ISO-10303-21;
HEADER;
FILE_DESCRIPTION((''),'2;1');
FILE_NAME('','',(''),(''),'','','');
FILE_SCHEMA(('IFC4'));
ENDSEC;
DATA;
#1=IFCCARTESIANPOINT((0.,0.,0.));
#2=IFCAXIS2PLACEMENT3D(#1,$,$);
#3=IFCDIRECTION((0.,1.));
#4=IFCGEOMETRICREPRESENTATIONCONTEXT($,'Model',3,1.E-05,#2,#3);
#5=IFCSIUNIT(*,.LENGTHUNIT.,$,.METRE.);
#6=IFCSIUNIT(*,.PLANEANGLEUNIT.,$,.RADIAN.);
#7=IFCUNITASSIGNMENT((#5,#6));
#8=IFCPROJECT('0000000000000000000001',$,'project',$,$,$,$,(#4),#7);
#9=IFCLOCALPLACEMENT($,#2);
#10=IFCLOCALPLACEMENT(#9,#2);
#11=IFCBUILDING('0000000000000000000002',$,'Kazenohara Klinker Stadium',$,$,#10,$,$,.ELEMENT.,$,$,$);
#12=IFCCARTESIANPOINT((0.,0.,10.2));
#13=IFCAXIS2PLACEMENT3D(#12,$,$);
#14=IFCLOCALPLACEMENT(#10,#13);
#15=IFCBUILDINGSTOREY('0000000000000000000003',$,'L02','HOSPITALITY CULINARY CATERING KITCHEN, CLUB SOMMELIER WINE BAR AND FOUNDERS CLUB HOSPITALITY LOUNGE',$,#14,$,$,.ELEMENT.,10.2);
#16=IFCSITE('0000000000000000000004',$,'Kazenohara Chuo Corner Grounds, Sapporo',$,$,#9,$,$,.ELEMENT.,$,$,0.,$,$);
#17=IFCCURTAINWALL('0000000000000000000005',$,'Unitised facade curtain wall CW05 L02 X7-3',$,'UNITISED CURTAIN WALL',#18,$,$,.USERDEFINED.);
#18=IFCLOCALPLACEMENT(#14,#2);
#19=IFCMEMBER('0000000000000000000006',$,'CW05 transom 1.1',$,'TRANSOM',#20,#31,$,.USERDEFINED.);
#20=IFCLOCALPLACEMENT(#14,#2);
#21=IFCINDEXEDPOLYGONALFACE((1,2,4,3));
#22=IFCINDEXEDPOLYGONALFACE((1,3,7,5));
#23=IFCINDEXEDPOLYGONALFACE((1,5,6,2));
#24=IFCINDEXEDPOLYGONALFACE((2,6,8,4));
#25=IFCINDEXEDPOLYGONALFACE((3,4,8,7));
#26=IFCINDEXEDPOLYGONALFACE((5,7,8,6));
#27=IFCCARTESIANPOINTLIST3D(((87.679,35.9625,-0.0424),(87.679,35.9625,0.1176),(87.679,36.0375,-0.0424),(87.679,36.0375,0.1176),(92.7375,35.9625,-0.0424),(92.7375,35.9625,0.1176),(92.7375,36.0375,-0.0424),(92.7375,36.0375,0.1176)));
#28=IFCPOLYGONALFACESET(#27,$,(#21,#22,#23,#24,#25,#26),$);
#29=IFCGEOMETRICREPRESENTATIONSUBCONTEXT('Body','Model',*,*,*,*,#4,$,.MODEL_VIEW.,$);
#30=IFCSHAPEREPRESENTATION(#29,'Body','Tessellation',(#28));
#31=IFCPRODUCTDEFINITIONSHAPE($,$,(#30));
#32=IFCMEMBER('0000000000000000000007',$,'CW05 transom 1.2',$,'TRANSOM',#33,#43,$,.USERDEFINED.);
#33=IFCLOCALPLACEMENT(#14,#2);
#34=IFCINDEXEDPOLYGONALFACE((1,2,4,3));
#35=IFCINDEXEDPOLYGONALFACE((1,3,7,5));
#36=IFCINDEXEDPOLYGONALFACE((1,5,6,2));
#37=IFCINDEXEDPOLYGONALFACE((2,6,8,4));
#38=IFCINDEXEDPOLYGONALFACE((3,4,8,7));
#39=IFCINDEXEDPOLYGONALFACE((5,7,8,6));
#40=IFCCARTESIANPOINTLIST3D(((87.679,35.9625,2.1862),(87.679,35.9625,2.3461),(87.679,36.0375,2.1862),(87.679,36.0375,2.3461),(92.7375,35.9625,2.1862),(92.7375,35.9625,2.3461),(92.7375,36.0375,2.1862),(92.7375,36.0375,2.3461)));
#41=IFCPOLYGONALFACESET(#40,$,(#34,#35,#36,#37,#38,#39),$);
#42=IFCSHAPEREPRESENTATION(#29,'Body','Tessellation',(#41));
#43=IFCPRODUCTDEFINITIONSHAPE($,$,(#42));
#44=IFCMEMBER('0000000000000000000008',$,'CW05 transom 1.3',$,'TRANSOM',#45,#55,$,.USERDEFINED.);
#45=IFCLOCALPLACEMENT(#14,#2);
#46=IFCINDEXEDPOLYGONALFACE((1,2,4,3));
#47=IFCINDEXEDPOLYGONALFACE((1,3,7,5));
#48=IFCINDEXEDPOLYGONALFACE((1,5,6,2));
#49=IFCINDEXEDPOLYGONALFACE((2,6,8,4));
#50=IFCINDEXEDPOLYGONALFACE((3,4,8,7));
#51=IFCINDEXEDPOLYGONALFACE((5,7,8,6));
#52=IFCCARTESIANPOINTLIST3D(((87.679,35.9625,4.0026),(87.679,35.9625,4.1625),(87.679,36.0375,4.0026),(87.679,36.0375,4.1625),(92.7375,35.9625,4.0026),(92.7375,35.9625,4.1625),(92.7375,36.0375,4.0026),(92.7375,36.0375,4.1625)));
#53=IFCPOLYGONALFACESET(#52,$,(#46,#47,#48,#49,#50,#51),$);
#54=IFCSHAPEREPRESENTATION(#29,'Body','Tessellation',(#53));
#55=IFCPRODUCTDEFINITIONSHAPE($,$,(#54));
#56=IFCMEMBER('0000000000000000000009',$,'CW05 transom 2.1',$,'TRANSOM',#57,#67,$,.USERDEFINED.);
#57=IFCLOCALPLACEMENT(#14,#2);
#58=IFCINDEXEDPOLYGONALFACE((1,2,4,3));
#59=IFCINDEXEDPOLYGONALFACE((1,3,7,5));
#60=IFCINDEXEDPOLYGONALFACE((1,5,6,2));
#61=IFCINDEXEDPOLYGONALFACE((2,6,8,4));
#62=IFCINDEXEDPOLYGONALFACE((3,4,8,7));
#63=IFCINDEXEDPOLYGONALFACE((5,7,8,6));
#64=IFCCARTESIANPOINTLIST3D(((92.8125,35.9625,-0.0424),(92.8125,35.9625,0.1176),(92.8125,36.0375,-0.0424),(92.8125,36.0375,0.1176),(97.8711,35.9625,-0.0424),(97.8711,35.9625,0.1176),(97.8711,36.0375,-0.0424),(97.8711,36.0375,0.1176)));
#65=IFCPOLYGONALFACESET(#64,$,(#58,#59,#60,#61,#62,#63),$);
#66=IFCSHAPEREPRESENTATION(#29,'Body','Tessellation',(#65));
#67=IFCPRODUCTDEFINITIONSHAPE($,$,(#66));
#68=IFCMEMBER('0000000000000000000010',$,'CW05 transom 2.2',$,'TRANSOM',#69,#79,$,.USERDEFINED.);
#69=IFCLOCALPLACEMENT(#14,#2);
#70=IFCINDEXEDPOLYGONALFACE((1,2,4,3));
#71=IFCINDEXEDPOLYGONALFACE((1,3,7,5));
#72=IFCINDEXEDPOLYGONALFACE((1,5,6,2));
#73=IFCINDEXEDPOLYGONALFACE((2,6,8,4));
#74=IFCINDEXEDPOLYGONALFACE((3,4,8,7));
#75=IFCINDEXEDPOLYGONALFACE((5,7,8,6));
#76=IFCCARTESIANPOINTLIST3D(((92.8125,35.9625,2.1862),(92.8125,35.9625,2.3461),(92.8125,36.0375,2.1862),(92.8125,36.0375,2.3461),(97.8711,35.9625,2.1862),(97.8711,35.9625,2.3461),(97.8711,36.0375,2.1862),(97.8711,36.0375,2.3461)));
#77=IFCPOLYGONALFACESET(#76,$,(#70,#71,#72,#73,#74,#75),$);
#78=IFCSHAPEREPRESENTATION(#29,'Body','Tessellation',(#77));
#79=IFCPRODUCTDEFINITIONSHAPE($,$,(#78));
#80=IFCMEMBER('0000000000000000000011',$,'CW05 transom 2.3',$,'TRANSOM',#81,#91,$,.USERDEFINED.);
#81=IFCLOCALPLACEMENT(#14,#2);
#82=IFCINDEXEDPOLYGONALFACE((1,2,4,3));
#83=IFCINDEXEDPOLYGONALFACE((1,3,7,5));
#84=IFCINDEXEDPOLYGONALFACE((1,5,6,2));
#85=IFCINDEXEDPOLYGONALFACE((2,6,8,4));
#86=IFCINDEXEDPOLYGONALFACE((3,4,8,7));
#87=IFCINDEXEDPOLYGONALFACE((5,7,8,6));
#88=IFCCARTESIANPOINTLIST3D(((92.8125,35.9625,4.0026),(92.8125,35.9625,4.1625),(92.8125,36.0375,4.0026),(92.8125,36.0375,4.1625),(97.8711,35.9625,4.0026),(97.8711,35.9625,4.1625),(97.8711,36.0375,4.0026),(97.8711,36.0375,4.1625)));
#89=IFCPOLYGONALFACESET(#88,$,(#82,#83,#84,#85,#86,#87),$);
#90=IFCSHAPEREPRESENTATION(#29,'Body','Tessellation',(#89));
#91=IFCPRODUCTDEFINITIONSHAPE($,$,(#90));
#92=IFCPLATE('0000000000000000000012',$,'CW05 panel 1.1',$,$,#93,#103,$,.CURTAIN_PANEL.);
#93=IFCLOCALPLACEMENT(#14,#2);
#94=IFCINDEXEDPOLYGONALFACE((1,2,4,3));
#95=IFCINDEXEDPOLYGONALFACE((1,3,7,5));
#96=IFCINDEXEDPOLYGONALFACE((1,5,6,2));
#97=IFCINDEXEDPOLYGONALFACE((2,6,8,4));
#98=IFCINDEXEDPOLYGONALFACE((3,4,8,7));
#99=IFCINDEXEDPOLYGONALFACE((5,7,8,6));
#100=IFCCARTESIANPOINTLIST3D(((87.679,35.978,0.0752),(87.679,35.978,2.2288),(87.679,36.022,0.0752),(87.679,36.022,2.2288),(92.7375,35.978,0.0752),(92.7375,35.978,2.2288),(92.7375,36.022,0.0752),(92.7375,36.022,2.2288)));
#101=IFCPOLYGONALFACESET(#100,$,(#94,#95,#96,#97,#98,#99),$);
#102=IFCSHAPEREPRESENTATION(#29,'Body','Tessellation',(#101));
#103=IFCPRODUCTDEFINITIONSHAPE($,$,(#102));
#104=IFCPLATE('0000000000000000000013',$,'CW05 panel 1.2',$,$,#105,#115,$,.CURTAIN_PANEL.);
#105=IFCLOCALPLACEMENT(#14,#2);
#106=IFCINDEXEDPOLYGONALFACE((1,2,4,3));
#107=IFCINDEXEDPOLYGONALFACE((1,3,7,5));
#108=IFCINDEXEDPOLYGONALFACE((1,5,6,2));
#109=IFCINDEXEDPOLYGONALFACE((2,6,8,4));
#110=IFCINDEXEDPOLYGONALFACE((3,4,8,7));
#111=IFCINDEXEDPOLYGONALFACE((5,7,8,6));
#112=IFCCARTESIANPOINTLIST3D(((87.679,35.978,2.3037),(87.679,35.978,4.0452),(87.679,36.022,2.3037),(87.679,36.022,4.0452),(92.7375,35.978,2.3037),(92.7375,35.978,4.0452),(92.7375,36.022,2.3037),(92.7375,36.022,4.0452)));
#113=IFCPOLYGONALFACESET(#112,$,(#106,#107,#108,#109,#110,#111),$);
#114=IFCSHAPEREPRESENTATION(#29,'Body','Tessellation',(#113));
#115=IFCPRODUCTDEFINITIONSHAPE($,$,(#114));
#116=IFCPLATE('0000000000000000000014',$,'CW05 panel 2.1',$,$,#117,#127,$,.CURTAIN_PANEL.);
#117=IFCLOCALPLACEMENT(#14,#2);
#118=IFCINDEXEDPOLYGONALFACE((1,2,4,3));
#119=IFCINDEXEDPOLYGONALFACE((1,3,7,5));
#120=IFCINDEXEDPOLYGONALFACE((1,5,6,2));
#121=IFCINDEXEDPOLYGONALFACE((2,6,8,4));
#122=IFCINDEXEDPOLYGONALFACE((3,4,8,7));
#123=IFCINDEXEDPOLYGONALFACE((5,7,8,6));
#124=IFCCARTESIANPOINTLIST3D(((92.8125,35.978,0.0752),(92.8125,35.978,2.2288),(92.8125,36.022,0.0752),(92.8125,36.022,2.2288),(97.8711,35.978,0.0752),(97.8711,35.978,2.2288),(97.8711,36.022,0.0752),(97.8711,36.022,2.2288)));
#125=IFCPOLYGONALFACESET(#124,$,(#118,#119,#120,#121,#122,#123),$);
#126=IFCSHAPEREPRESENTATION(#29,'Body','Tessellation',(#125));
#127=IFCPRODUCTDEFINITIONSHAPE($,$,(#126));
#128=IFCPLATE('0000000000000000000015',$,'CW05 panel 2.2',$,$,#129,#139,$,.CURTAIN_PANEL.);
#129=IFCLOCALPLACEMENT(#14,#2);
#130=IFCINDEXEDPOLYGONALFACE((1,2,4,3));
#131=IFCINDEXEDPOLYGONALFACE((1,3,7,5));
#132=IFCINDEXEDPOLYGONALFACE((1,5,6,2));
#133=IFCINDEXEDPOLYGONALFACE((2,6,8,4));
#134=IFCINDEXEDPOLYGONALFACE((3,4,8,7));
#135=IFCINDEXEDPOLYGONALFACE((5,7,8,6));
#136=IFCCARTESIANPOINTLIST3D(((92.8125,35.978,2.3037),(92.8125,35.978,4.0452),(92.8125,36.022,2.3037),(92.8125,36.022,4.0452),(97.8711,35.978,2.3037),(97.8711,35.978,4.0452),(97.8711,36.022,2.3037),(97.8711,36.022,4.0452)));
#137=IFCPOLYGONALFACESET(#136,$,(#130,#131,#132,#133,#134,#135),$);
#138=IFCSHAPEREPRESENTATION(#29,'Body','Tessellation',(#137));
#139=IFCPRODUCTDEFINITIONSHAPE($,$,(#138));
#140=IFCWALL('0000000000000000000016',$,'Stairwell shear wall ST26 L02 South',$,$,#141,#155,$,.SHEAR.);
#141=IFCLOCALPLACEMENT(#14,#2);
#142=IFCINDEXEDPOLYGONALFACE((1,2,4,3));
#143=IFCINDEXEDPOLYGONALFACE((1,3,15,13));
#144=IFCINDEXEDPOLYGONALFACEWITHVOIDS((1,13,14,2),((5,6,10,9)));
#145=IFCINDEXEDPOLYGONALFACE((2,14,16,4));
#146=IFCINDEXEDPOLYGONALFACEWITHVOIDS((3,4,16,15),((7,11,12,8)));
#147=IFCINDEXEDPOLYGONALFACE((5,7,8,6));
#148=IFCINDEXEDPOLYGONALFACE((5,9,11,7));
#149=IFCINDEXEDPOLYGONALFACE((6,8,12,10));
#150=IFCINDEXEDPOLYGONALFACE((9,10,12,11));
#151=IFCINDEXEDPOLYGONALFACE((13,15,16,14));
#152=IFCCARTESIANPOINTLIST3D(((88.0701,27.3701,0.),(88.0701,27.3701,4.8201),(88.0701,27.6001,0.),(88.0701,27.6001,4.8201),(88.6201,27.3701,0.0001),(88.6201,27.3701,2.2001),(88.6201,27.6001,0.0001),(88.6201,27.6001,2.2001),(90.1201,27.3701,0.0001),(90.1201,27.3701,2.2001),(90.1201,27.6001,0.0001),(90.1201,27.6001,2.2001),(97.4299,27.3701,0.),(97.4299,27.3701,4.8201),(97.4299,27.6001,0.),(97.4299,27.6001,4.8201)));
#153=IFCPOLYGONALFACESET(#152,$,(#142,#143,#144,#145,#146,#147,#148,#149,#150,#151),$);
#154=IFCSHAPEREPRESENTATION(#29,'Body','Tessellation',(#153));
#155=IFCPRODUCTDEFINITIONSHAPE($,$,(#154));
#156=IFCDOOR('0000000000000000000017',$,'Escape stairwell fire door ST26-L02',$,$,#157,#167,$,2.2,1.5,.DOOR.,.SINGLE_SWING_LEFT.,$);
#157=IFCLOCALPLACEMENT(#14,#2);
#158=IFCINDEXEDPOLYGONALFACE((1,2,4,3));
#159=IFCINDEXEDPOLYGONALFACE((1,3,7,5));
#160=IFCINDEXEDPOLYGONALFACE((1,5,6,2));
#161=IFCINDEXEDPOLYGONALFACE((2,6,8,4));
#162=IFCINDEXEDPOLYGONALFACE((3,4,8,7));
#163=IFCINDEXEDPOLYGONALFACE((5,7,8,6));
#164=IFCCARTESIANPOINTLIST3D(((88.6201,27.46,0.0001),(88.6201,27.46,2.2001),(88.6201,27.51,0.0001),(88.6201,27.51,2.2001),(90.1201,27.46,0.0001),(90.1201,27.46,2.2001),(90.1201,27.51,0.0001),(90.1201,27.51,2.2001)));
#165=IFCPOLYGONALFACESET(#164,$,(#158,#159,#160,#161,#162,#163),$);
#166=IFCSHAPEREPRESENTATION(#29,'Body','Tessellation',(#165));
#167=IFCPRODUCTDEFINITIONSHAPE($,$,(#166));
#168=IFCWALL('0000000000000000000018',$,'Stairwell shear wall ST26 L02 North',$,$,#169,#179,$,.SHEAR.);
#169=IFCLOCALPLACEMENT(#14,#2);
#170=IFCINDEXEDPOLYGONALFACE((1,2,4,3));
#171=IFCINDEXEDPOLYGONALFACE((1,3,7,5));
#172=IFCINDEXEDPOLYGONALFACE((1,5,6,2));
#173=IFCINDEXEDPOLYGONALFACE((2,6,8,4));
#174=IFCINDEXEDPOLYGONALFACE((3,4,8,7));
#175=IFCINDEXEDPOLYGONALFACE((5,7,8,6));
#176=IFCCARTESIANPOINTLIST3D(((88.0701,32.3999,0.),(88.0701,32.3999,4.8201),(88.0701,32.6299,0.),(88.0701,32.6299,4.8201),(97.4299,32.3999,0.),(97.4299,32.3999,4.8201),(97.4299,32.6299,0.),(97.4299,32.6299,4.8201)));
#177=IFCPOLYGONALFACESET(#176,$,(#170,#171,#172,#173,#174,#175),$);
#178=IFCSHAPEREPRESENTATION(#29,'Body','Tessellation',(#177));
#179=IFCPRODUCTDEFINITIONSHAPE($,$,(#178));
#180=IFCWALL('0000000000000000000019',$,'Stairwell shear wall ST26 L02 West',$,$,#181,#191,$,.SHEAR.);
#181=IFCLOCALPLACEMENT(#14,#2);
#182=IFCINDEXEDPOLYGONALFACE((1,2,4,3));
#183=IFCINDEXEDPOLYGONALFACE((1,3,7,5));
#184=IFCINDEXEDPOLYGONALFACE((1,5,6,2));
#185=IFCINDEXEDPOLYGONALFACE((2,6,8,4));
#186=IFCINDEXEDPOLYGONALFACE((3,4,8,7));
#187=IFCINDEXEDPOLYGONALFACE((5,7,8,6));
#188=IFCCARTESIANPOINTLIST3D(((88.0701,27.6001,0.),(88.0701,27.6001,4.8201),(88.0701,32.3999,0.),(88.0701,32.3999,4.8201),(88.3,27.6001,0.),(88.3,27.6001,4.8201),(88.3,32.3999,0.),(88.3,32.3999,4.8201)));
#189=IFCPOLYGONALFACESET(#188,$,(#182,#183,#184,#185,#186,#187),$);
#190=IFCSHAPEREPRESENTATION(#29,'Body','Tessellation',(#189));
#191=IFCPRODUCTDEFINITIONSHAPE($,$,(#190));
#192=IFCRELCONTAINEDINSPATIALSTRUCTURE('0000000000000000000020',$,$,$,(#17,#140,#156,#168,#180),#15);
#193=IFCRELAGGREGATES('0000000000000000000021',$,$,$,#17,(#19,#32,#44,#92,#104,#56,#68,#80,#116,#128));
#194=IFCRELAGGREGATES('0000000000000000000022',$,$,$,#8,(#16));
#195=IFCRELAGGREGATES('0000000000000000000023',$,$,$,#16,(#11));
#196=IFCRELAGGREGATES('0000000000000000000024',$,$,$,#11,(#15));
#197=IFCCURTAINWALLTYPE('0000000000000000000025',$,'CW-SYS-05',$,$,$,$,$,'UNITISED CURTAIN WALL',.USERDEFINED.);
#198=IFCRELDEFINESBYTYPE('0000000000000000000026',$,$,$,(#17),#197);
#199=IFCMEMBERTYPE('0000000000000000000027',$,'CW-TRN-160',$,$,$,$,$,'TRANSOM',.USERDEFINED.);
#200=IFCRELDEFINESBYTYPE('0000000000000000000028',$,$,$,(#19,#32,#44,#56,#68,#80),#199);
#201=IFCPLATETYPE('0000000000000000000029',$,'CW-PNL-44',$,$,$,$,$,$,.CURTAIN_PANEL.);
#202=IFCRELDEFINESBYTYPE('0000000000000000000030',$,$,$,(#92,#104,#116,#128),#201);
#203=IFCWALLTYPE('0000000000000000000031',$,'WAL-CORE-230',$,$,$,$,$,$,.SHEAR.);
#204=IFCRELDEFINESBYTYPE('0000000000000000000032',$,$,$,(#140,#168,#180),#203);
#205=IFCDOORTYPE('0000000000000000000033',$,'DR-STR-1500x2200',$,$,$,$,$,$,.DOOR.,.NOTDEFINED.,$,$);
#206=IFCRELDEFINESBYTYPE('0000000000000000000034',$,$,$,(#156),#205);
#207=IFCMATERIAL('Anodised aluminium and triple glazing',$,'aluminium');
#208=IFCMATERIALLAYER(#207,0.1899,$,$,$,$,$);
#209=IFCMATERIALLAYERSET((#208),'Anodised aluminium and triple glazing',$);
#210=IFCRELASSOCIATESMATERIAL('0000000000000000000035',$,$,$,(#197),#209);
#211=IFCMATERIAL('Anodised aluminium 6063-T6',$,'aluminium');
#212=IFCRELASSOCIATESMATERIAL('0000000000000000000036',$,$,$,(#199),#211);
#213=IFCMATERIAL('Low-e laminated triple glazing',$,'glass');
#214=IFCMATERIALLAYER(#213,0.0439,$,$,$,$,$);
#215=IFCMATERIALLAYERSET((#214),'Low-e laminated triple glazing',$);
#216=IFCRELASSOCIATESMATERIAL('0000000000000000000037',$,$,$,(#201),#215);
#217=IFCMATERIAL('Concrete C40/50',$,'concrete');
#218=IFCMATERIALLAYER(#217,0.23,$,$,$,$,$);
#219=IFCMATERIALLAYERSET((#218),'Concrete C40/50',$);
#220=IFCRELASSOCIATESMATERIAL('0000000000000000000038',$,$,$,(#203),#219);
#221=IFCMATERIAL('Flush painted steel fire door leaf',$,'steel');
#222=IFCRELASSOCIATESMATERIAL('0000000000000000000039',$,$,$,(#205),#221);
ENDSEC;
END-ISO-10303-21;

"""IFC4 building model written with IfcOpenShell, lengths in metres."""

from ifc_helpers import new_model, si_unit, direction, frame, frame_2d, origin, origin_2d, place, context, subcontext, project, spatial, rectangle, extrude, material, layer, layer_set, material_profile, profile_set, type_object, element, fill, aggregate, save


model = new_model("IFC4")

# Units and contexts
model_context = context("Model", 3, precision=1e-05, world=origin(), true_north=direction((0.0, 1.0)))
body_context = subcontext(model_context, "Body", "Model", "MODEL_VIEW")
ifc_project = project(units=[si_unit("LENGTHUNIT", "METRE"), si_unit("PLANEANGLEUNIT", "RADIAN")], contexts=[model_context])

# Site, building, storey
site_placement = place(None, origin())
site = spatial("IfcSite", under=ifc_project, at=site_placement, Name="Kazenohara Chuo Corner Grounds, Sapporo", CompositionType="ELEMENT", RefElevation=0.0)
building_placement = place(site_placement, origin())
building = spatial("IfcBuilding", under=site, at=building_placement, Name="Kazenohara Klinker Stadium", CompositionType="ELEMENT")
storey_placement = place(building_placement, frame((0.0, 0.0, 10.2)))
storey = spatial("IfcBuildingStorey", under=building, at=storey_placement, Name="L02", Description="HOSPITALITY CULINARY CATERING KITCHEN, CLUB SOMMELIER WINE BAR AND FOUNDERS CLUB HOSPITALITY LOUNGE", CompositionType="ELEMENT", Elevation=10.2)

# Shared definitions
ifc_material_1 = material(Name="Concrete C40/50", Category="concrete")

# Curtain wall, members, plates
ifc_material_2 = material(Name="Anodised aluminium and triple glazing", Category="aluminium")
ifc_layer_1 = layer(ifc_material_2, 0.1899)
ifc_layer_set_1 = layer_set([ifc_layer_1], Name="Anodised aluminium and triple glazing")
curtain_wall_type = type_object("IfcCurtainWallType", Name="CW-SYS-05", ElementType="UNITISED CURTAIN WALL", PredefinedType="USERDEFINED", material=ifc_layer_set_1)
curtain_wall_placement = place(storey_placement, origin())
curtain_wall = element("IfcCurtainWall", 1, at=curtain_wall_placement, inside=storey, type_object=curtain_wall_type, Name="Unitised facade curtain wall CW05 L02 X7-3", ObjectType="UNITISED CURTAIN WALL", PredefinedType="USERDEFINED")
ifc_material_3 = material(Name="Anodised aluminium 6063-T6", Category="aluminium")
ifc_material_profile_1 = material_profile(ifc_material_3, rectangle(XDim=0.075, YDim=0.1599, at=origin_2d()), Name="ALU-TRN-75x160")
ifc_profile_set_1 = profile_set([ifc_material_profile_1], Name="Anodised aluminium 6063-T6")
member_type_1 = type_object("IfcMemberType", Name="CW-TRN-160", ElementType="TRANSOM", PredefinedType="USERDEFINED", material=ifc_profile_set_1)
member_1_placement = place(storey_placement, frame((87.679, 36.0, 0.0376), z_axis=(1.0, 0.0, 0.0), x_axis=(0.0, 1.0, 0.0)))
member_1 = element("IfcMember", 2, at=member_1_placement, type_object=member_type_1, Name="CW05 transom 1.1", ObjectType="TRANSOM", PredefinedType="USERDEFINED", context=body_context, shape_type="SweptSolid", body=[
    extrude(rectangle(XDim=0.075, YDim=0.1599, at=origin_2d()), origin(), (0.0, 0.0, 1.0), 5.0586),
])
member_2_placement = place(storey_placement, frame((87.679, 36.0, 2.2661), z_axis=(1.0, 0.0, 0.0), x_axis=(0.0, 1.0, 0.0)))
member_2 = element("IfcMember", 3, at=member_2_placement, type_object=member_type_1, Name="CW05 transom 1.2", ObjectType="TRANSOM", PredefinedType="USERDEFINED", context=body_context, shape_type="SweptSolid", body=[
    extrude(rectangle(XDim=0.075, YDim=0.1599, at=origin_2d()), origin(), (0.0, 0.0, 1.0), 5.0586),
])
member_3_placement = place(storey_placement, frame((87.679, 36.0, 4.0825), z_axis=(1.0, 0.0, 0.0), x_axis=(0.0, 1.0, 0.0)))
member_3 = element("IfcMember", 4, at=member_3_placement, type_object=member_type_1, Name="CW05 transom 1.3", ObjectType="TRANSOM", PredefinedType="USERDEFINED", context=body_context, shape_type="SweptSolid", body=[
    extrude(rectangle(XDim=0.075, YDim=0.1599, at=origin_2d()), origin(), (0.0, 0.0, 1.0), 5.0586),
])
member_4_placement = place(storey_placement, frame((92.8125, 36.0, 0.0376), z_axis=(1.0, 0.0, 0.0), x_axis=(0.0, 1.0, 0.0)))
member_4 = element("IfcMember", 5, at=member_4_placement, type_object=member_type_1, Name="CW05 transom 2.1", ObjectType="TRANSOM", PredefinedType="USERDEFINED", context=body_context, shape_type="SweptSolid", body=[
    extrude(rectangle(XDim=0.075, YDim=0.1599, at=origin_2d()), origin(), (0.0, 0.0, 1.0), 5.0586),
])
member_5_placement = place(storey_placement, frame((92.8125, 36.0, 2.2661), z_axis=(1.0, 0.0, 0.0), x_axis=(0.0, 1.0, 0.0)))
member_5 = element("IfcMember", 6, at=member_5_placement, type_object=member_type_1, Name="CW05 transom 2.2", ObjectType="TRANSOM", PredefinedType="USERDEFINED", context=body_context, shape_type="SweptSolid", body=[
    extrude(rectangle(XDim=0.075, YDim=0.1599, at=origin_2d()), origin(), (0.0, 0.0, 1.0), 5.0586),
])
member_6_placement = place(storey_placement, frame((92.8125, 36.0, 4.0825), z_axis=(1.0, 0.0, 0.0), x_axis=(0.0, 1.0, 0.0)))
member_6 = element("IfcMember", 7, at=member_6_placement, type_object=member_type_1, Name="CW05 transom 2.3", ObjectType="TRANSOM", PredefinedType="USERDEFINED", context=body_context, shape_type="SweptSolid", body=[
    extrude(rectangle(XDim=0.075, YDim=0.1599, at=origin_2d()), origin(), (0.0, 0.0, 1.0), 5.0586),
])
ifc_material_4 = material(Name="Low-e laminated triple glazing", Category="glass")
ifc_layer_2 = layer(ifc_material_4, 0.0439)
ifc_layer_set_2 = layer_set([ifc_layer_2], Name="Low-e laminated triple glazing")
plate_type = type_object("IfcPlateType", Name="CW-PNL-44", PredefinedType="CURTAIN_PANEL", material=ifc_layer_set_2)
plate_1_placement = place(storey_placement, frame((90.2083, 36.0, 0.0752), z_axis=(0.0, 0.0, 1.0), x_axis=(1.0, 0.0, 0.0)))
plate_1 = element("IfcPlate", 8, at=plate_1_placement, type_object=plate_type, Name="CW05 panel 1.1", PredefinedType="CURTAIN_PANEL", context=body_context, shape_type="SweptSolid", body=[
    extrude(rectangle(XDim=5.0586, YDim=0.0439, at=origin_2d()), origin(), (0.0, 0.0, 1.0), 2.1536),
])
plate_2_placement = place(storey_placement, frame((90.2083, 36.0, 2.3037), z_axis=(0.0, 0.0, 1.0), x_axis=(1.0, 0.0, 0.0)))
plate_2 = element("IfcPlate", 9, at=plate_2_placement, type_object=plate_type, Name="CW05 panel 1.2", PredefinedType="CURTAIN_PANEL", context=body_context, shape_type="SweptSolid", body=[
    extrude(rectangle(XDim=5.0586, YDim=0.0439, at=origin_2d()), origin(), (0.0, 0.0, 1.0), 1.7415),
])
plate_3_placement = place(storey_placement, frame((95.3418, 36.0, 0.0752), z_axis=(0.0, 0.0, 1.0), x_axis=(1.0, 0.0, 0.0)))
plate_3 = element("IfcPlate", 10, at=plate_3_placement, type_object=plate_type, Name="CW05 panel 2.1", PredefinedType="CURTAIN_PANEL", context=body_context, shape_type="SweptSolid", body=[
    extrude(rectangle(XDim=5.0586, YDim=0.0439, at=origin_2d()), origin(), (0.0, 0.0, 1.0), 2.1536),
])
plate_4_placement = place(storey_placement, frame((95.3418, 36.0, 2.3037), z_axis=(0.0, 0.0, 1.0), x_axis=(1.0, 0.0, 0.0)))
plate_4 = element("IfcPlate", 11, at=plate_4_placement, type_object=plate_type, Name="CW05 panel 2.2", PredefinedType="CURTAIN_PANEL", context=body_context, shape_type="SweptSolid", body=[
    extrude(rectangle(XDim=5.0586, YDim=0.0439, at=origin_2d()), origin(), (0.0, 0.0, 1.0), 1.7415),
])
aggregate(curtain_wall, [member_1, member_2, member_3, plate_1, plate_2, member_4, member_5, member_6, plate_3, plate_4])

# Wall, opening, door
ifc_layer_3 = layer(ifc_material_1, 0.23)
ifc_layer_set_3 = layer_set([ifc_layer_3], Name="Concrete C40/50")
wall_type_1 = type_object("IfcWallType", Name="WAL-CORE-230", PredefinedType="SHEAR", material=ifc_layer_set_3)
wall_1_placement = place(storey_placement, frame((88.0701, 27.4851, 0.0), z_axis=(0.0, 0.0, 1.0), x_axis=(1.0, 0.0, 0.0)))
wall_1 = element("IfcWall", 12, at=wall_1_placement, inside=storey, type_object=wall_type_1, Name="Stairwell shear wall ST26 L02 South", PredefinedType="SHEAR", context=body_context, shape_type="SweptSolid", body=[
    extrude(rectangle(XDim=9.3599, YDim=0.23, at=frame_2d((4.6799, 0.0))), origin(), (0.0, 0.0, 1.0), 4.8201),
])
opening_1_placement = place(wall_1_placement, frame((0.55, 0.0, 0.0)))
opening_1 = element("IfcOpeningElement", 13, at=opening_1_placement, cuts=wall_1, PredefinedType="OPENING", context=body_context, shape_type="SweptSolid", body=[
    extrude(rectangle(XDim=1.5, YDim=2.2, at=frame_2d((0.75, 1.1001))), frame((0.0, 0.125, 0.0), z_axis=(0.0, -1.0, 0.0), x_axis=(1.0, 0.0, 0.0)), (0.0, 0.0, 1.0), 0.25),
])
ifc_material_5 = material(Name="Flush painted steel fire door leaf", Category="steel")
door_type = type_object("IfcDoorType", Name="DR-STR-1500x2200", OperationType="NOTDEFINED", PredefinedType="DOOR", material=ifc_material_5)
door_placement = place(opening_1_placement, origin())
door = element("IfcDoor", 14, at=door_placement, inside=storey, type_object=door_type, Name="Escape stairwell fire door ST26-L02", OperationType="SINGLE_SWING_LEFT", OverallHeight=2.2, OverallWidth=1.5, PredefinedType="DOOR", context=body_context, shape_type="SweptSolid", body=[
    extrude(rectangle(XDim=1.5, YDim=2.2, at=frame_2d((0.75, 1.1001))), frame((0.0, 0.0249, 0.0), z_axis=(0.0, -1.0, 0.0), x_axis=(1.0, 0.0, 0.0)), (0.0, 0.0, 1.0), 0.05),
])
fill(opening_1, door)

# Walls
wall_2_placement = place(storey_placement, frame((88.0701, 32.5149, 0.0), z_axis=(0.0, 0.0, 1.0), x_axis=(1.0, 0.0, 0.0)))
element("IfcWall", 15, at=wall_2_placement, inside=storey, type_object=wall_type_1, Name="Stairwell shear wall ST26 L02 North", PredefinedType="SHEAR", context=body_context, shape_type="SweptSolid", body=[
    extrude(rectangle(XDim=9.3599, YDim=0.23, at=frame_2d((4.6799, 0.0))), origin(), (0.0, 0.0, 1.0), 4.8201),
])
for number, where, z_axis, x_axis, name in (
    (16, (88.1851, 27.6001, 0.0), (0.0, 0.0, 1.0), (0.0, 1.0, 0.0), "Stairwell shear wall ST26 L02 West"),
):
    element("IfcWall", number, at=place(storey_placement, frame(where, z_axis=z_axis, x_axis=x_axis)), inside=storey, type_object=wall_type_1, Name=name, PredefinedType="SHEAR", context=body_context, shape_type="SweptSolid", body=[
        extrude(rectangle(XDim=4.7998, YDim=0.23, at=frame_2d((2.3999, 0.0))), origin(), (0.0, 0.0, 1.0), 4.8201),
    ])

save(model, "model.ifc")
